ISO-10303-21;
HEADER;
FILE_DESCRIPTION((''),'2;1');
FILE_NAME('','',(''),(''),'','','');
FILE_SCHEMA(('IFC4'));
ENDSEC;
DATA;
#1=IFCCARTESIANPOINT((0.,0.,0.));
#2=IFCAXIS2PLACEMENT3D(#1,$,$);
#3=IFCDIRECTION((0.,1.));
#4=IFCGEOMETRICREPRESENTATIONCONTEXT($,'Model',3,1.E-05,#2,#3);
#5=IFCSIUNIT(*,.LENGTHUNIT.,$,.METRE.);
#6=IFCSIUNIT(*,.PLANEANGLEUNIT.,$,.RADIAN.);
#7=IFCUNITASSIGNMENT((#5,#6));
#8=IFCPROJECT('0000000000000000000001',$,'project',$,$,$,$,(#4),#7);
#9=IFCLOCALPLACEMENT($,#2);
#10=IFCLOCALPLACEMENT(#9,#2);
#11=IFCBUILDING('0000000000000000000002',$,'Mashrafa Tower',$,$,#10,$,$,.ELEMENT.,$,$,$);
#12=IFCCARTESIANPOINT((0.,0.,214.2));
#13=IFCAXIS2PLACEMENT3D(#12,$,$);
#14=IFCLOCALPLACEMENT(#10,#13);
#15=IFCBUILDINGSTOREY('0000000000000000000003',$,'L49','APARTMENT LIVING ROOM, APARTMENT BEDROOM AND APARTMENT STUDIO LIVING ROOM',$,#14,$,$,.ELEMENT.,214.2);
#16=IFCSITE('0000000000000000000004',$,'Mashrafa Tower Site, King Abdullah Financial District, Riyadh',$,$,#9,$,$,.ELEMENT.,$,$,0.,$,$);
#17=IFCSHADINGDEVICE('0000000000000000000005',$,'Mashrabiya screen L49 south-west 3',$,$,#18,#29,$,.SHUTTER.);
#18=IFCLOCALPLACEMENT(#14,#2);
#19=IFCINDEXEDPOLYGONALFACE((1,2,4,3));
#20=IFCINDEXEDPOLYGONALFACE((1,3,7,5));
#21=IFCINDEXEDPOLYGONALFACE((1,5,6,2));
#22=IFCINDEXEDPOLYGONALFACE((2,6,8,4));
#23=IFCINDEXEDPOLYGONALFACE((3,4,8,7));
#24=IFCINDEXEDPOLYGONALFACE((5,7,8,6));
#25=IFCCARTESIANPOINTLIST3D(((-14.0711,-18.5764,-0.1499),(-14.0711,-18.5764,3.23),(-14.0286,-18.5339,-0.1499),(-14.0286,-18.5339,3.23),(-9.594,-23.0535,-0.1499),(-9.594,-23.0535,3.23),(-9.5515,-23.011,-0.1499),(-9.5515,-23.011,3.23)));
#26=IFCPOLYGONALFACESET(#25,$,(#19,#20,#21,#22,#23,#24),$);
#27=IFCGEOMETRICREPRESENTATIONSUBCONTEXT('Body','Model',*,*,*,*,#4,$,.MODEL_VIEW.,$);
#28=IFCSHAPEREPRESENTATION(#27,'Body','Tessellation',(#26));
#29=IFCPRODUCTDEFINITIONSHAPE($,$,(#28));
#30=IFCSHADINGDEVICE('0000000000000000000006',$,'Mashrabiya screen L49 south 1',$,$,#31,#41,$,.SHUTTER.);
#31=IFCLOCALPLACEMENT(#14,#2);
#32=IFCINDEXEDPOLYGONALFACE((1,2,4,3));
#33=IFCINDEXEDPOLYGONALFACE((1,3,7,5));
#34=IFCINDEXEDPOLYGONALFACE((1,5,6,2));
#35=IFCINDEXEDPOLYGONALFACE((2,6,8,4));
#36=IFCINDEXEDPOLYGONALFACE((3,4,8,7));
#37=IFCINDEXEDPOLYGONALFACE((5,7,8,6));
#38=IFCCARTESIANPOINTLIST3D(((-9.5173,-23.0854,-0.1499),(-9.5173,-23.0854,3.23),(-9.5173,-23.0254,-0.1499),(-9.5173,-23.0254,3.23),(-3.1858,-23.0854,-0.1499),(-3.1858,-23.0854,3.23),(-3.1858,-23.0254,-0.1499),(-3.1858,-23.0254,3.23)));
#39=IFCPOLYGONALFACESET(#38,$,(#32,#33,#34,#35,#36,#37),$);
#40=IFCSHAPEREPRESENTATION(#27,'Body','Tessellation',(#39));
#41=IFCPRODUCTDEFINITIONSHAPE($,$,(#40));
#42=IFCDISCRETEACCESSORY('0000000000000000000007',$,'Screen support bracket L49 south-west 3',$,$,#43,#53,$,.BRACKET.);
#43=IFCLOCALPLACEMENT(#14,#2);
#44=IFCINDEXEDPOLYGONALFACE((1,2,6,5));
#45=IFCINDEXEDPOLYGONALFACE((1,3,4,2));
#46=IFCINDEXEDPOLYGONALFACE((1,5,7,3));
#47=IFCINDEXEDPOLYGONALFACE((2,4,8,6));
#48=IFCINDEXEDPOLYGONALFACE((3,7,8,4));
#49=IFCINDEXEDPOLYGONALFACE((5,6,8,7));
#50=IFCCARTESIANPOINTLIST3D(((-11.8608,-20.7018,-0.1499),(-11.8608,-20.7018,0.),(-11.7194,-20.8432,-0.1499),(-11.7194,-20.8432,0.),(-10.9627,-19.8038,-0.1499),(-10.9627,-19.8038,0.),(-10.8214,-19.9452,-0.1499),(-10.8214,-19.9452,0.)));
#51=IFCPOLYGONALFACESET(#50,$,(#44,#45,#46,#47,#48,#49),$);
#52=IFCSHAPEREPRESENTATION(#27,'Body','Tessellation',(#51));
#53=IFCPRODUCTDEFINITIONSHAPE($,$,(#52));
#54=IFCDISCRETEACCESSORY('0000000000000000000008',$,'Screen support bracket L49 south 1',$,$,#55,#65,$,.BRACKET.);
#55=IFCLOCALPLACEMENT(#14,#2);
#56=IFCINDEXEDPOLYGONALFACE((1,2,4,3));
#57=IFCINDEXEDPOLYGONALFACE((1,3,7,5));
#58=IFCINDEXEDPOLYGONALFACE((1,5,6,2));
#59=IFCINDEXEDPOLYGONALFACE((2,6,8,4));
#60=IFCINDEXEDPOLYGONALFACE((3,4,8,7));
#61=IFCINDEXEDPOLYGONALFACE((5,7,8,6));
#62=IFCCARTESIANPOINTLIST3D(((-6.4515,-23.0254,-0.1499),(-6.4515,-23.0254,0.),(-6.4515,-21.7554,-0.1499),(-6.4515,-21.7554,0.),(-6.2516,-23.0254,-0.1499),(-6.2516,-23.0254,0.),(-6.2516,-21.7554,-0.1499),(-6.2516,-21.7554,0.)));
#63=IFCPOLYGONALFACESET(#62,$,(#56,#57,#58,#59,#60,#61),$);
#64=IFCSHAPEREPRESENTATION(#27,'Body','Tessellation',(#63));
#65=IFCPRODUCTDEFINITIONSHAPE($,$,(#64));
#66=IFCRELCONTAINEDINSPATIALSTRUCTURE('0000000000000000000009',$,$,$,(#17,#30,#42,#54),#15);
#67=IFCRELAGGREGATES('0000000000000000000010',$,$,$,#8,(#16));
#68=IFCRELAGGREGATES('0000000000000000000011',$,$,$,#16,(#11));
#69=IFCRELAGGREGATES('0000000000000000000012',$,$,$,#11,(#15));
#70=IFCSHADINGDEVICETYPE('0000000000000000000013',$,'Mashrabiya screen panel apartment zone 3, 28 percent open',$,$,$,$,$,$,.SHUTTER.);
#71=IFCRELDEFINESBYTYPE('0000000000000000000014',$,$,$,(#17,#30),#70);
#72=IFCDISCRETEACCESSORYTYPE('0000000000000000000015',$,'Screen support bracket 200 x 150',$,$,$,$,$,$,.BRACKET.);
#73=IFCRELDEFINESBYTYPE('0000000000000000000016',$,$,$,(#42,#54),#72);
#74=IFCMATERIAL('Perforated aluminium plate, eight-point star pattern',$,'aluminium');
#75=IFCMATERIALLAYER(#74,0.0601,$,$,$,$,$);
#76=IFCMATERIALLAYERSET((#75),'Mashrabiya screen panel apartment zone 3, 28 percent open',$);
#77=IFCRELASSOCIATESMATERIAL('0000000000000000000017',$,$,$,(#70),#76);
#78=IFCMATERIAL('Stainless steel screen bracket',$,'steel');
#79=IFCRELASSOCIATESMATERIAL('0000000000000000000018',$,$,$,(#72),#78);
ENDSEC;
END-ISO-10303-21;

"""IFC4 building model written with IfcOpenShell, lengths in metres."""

from ifc_helpers import new_model, si_unit, direction, frame, origin, origin_2d, place, context, subcontext, project, spatial, rectangle, extrude, source, transform, mapped, material, layer, layer_set, type_object, type_shapes, element, save


model = new_model("IFC4")

# Units and contexts
model_context = context("Model", 3, precision=1e-05, world=origin(), true_north=direction((0.0, 1.0)))
body_context = subcontext(model_context, "Body", "Model", "MODEL_VIEW")
ifc_project = project(units=[si_unit("LENGTHUNIT", "METRE"), si_unit("PLANEANGLEUNIT", "RADIAN")], contexts=[model_context])

# Site, building, storey
site_placement = place(None, origin())
site = spatial("IfcSite", under=ifc_project, at=site_placement, Name="Mashrafa Tower Site, King Abdullah Financial District, Riyadh", CompositionType="ELEMENT", RefElevation=0.0)
building_placement = place(site_placement, origin())
building = spatial("IfcBuilding", under=site, at=building_placement, Name="Mashrafa Tower", CompositionType="ELEMENT")
storey_placement = place(building_placement, frame((0.0, 0.0, 214.2)))
storey = spatial("IfcBuildingStorey", under=building, at=storey_placement, Name="L49", Description="APARTMENT LIVING ROOM, APARTMENT BEDROOM AND APARTMENT STUDIO LIVING ROOM", CompositionType="ELEMENT", Elevation=214.2)

# Shading devices
ifc_material_1 = material(Name="Perforated aluminium plate, eight-point star pattern", Category="aluminium")
ifc_layer_1 = layer(ifc_material_1, 0.0601)
ifc_layer_set_1 = layer_set([ifc_layer_1], Name="Mashrabiya screen panel apartment zone 3, 28 percent open")
shading_device_type = type_object("IfcShadingDeviceType", Name="Mashrabiya screen panel apartment zone 3, 28 percent open", PredefinedType="SHUTTER", material=ifc_layer_set_1)
shared_shape_1 = source(origin(), body_context, "Body", "SweptSolid", [
    extrude(rectangle(XDim=6.3315, YDim=0.0601, at=origin_2d()), origin(), (0.0, 0.0, 1.0), 3.3799),
])
type_shapes(shading_device_type, [shared_shape_1])
for number, where, z_axis, x_axis, name in (
    (1, (-11.8113, -20.7937, -0.1499), (0.0, 0.0, 1.0), (0.707107, -0.707107, 0.0), "Mashrabiya screen L49 south-west 3"),
    (2, (-6.3516, -23.0554, -0.1499), (0.0, 0.0, 1.0), (1.0, 0.0, 0.0), "Mashrabiya screen L49 south 1"),
):
    element("IfcShadingDevice", number, at=place(storey_placement, frame(where, z_axis=z_axis, x_axis=x_axis)), inside=storey, type_object=shading_device_type, Name=name, PredefinedType="SHUTTER", context=body_context, shape_type="MappedRepresentation", body=[
        mapped(shared_shape_1, transform((0.0, 0.0, 0.0))),
    ])

# Discrete accessories
ifc_material_2 = material(Name="Stainless steel screen bracket", Category="steel")
discrete_accessory_type = type_object("IfcDiscreteAccessoryType", Name="Screen support bracket 200 x 150", PredefinedType="BRACKET", material=ifc_material_2)
shared_shape_2 = source(origin(), body_context, "Body", "SweptSolid", [
    extrude(rectangle(XDim=0.2, YDim=1.27, at=origin_2d()), origin(), (0.0, 0.0, 1.0), 0.1499),
])
type_shapes(discrete_accessory_type, [shared_shape_2])
for number, where, z_axis, x_axis, name in (
    (3, (-11.3411, -20.3235, -0.1499), (0.0, 0.0, 1.0), (0.707107, -0.707107, 0.0), "Screen support bracket L49 south-west 3"),
    (4, (-6.3516, -22.3904, -0.1499), (0.0, 0.0, 1.0), (1.0, 0.0, 0.0), "Screen support bracket L49 south 1"),
):
    element("IfcDiscreteAccessory", number, at=place(storey_placement, frame(where, z_axis=z_axis, x_axis=x_axis)), inside=storey, type_object=discrete_accessory_type, Name=name, PredefinedType="BRACKET", context=body_context, shape_type="MappedRepresentation", body=[
        mapped(shared_shape_2, transform((0.0, 0.0, 0.0))),
    ])

save(model, "model.ifc")
